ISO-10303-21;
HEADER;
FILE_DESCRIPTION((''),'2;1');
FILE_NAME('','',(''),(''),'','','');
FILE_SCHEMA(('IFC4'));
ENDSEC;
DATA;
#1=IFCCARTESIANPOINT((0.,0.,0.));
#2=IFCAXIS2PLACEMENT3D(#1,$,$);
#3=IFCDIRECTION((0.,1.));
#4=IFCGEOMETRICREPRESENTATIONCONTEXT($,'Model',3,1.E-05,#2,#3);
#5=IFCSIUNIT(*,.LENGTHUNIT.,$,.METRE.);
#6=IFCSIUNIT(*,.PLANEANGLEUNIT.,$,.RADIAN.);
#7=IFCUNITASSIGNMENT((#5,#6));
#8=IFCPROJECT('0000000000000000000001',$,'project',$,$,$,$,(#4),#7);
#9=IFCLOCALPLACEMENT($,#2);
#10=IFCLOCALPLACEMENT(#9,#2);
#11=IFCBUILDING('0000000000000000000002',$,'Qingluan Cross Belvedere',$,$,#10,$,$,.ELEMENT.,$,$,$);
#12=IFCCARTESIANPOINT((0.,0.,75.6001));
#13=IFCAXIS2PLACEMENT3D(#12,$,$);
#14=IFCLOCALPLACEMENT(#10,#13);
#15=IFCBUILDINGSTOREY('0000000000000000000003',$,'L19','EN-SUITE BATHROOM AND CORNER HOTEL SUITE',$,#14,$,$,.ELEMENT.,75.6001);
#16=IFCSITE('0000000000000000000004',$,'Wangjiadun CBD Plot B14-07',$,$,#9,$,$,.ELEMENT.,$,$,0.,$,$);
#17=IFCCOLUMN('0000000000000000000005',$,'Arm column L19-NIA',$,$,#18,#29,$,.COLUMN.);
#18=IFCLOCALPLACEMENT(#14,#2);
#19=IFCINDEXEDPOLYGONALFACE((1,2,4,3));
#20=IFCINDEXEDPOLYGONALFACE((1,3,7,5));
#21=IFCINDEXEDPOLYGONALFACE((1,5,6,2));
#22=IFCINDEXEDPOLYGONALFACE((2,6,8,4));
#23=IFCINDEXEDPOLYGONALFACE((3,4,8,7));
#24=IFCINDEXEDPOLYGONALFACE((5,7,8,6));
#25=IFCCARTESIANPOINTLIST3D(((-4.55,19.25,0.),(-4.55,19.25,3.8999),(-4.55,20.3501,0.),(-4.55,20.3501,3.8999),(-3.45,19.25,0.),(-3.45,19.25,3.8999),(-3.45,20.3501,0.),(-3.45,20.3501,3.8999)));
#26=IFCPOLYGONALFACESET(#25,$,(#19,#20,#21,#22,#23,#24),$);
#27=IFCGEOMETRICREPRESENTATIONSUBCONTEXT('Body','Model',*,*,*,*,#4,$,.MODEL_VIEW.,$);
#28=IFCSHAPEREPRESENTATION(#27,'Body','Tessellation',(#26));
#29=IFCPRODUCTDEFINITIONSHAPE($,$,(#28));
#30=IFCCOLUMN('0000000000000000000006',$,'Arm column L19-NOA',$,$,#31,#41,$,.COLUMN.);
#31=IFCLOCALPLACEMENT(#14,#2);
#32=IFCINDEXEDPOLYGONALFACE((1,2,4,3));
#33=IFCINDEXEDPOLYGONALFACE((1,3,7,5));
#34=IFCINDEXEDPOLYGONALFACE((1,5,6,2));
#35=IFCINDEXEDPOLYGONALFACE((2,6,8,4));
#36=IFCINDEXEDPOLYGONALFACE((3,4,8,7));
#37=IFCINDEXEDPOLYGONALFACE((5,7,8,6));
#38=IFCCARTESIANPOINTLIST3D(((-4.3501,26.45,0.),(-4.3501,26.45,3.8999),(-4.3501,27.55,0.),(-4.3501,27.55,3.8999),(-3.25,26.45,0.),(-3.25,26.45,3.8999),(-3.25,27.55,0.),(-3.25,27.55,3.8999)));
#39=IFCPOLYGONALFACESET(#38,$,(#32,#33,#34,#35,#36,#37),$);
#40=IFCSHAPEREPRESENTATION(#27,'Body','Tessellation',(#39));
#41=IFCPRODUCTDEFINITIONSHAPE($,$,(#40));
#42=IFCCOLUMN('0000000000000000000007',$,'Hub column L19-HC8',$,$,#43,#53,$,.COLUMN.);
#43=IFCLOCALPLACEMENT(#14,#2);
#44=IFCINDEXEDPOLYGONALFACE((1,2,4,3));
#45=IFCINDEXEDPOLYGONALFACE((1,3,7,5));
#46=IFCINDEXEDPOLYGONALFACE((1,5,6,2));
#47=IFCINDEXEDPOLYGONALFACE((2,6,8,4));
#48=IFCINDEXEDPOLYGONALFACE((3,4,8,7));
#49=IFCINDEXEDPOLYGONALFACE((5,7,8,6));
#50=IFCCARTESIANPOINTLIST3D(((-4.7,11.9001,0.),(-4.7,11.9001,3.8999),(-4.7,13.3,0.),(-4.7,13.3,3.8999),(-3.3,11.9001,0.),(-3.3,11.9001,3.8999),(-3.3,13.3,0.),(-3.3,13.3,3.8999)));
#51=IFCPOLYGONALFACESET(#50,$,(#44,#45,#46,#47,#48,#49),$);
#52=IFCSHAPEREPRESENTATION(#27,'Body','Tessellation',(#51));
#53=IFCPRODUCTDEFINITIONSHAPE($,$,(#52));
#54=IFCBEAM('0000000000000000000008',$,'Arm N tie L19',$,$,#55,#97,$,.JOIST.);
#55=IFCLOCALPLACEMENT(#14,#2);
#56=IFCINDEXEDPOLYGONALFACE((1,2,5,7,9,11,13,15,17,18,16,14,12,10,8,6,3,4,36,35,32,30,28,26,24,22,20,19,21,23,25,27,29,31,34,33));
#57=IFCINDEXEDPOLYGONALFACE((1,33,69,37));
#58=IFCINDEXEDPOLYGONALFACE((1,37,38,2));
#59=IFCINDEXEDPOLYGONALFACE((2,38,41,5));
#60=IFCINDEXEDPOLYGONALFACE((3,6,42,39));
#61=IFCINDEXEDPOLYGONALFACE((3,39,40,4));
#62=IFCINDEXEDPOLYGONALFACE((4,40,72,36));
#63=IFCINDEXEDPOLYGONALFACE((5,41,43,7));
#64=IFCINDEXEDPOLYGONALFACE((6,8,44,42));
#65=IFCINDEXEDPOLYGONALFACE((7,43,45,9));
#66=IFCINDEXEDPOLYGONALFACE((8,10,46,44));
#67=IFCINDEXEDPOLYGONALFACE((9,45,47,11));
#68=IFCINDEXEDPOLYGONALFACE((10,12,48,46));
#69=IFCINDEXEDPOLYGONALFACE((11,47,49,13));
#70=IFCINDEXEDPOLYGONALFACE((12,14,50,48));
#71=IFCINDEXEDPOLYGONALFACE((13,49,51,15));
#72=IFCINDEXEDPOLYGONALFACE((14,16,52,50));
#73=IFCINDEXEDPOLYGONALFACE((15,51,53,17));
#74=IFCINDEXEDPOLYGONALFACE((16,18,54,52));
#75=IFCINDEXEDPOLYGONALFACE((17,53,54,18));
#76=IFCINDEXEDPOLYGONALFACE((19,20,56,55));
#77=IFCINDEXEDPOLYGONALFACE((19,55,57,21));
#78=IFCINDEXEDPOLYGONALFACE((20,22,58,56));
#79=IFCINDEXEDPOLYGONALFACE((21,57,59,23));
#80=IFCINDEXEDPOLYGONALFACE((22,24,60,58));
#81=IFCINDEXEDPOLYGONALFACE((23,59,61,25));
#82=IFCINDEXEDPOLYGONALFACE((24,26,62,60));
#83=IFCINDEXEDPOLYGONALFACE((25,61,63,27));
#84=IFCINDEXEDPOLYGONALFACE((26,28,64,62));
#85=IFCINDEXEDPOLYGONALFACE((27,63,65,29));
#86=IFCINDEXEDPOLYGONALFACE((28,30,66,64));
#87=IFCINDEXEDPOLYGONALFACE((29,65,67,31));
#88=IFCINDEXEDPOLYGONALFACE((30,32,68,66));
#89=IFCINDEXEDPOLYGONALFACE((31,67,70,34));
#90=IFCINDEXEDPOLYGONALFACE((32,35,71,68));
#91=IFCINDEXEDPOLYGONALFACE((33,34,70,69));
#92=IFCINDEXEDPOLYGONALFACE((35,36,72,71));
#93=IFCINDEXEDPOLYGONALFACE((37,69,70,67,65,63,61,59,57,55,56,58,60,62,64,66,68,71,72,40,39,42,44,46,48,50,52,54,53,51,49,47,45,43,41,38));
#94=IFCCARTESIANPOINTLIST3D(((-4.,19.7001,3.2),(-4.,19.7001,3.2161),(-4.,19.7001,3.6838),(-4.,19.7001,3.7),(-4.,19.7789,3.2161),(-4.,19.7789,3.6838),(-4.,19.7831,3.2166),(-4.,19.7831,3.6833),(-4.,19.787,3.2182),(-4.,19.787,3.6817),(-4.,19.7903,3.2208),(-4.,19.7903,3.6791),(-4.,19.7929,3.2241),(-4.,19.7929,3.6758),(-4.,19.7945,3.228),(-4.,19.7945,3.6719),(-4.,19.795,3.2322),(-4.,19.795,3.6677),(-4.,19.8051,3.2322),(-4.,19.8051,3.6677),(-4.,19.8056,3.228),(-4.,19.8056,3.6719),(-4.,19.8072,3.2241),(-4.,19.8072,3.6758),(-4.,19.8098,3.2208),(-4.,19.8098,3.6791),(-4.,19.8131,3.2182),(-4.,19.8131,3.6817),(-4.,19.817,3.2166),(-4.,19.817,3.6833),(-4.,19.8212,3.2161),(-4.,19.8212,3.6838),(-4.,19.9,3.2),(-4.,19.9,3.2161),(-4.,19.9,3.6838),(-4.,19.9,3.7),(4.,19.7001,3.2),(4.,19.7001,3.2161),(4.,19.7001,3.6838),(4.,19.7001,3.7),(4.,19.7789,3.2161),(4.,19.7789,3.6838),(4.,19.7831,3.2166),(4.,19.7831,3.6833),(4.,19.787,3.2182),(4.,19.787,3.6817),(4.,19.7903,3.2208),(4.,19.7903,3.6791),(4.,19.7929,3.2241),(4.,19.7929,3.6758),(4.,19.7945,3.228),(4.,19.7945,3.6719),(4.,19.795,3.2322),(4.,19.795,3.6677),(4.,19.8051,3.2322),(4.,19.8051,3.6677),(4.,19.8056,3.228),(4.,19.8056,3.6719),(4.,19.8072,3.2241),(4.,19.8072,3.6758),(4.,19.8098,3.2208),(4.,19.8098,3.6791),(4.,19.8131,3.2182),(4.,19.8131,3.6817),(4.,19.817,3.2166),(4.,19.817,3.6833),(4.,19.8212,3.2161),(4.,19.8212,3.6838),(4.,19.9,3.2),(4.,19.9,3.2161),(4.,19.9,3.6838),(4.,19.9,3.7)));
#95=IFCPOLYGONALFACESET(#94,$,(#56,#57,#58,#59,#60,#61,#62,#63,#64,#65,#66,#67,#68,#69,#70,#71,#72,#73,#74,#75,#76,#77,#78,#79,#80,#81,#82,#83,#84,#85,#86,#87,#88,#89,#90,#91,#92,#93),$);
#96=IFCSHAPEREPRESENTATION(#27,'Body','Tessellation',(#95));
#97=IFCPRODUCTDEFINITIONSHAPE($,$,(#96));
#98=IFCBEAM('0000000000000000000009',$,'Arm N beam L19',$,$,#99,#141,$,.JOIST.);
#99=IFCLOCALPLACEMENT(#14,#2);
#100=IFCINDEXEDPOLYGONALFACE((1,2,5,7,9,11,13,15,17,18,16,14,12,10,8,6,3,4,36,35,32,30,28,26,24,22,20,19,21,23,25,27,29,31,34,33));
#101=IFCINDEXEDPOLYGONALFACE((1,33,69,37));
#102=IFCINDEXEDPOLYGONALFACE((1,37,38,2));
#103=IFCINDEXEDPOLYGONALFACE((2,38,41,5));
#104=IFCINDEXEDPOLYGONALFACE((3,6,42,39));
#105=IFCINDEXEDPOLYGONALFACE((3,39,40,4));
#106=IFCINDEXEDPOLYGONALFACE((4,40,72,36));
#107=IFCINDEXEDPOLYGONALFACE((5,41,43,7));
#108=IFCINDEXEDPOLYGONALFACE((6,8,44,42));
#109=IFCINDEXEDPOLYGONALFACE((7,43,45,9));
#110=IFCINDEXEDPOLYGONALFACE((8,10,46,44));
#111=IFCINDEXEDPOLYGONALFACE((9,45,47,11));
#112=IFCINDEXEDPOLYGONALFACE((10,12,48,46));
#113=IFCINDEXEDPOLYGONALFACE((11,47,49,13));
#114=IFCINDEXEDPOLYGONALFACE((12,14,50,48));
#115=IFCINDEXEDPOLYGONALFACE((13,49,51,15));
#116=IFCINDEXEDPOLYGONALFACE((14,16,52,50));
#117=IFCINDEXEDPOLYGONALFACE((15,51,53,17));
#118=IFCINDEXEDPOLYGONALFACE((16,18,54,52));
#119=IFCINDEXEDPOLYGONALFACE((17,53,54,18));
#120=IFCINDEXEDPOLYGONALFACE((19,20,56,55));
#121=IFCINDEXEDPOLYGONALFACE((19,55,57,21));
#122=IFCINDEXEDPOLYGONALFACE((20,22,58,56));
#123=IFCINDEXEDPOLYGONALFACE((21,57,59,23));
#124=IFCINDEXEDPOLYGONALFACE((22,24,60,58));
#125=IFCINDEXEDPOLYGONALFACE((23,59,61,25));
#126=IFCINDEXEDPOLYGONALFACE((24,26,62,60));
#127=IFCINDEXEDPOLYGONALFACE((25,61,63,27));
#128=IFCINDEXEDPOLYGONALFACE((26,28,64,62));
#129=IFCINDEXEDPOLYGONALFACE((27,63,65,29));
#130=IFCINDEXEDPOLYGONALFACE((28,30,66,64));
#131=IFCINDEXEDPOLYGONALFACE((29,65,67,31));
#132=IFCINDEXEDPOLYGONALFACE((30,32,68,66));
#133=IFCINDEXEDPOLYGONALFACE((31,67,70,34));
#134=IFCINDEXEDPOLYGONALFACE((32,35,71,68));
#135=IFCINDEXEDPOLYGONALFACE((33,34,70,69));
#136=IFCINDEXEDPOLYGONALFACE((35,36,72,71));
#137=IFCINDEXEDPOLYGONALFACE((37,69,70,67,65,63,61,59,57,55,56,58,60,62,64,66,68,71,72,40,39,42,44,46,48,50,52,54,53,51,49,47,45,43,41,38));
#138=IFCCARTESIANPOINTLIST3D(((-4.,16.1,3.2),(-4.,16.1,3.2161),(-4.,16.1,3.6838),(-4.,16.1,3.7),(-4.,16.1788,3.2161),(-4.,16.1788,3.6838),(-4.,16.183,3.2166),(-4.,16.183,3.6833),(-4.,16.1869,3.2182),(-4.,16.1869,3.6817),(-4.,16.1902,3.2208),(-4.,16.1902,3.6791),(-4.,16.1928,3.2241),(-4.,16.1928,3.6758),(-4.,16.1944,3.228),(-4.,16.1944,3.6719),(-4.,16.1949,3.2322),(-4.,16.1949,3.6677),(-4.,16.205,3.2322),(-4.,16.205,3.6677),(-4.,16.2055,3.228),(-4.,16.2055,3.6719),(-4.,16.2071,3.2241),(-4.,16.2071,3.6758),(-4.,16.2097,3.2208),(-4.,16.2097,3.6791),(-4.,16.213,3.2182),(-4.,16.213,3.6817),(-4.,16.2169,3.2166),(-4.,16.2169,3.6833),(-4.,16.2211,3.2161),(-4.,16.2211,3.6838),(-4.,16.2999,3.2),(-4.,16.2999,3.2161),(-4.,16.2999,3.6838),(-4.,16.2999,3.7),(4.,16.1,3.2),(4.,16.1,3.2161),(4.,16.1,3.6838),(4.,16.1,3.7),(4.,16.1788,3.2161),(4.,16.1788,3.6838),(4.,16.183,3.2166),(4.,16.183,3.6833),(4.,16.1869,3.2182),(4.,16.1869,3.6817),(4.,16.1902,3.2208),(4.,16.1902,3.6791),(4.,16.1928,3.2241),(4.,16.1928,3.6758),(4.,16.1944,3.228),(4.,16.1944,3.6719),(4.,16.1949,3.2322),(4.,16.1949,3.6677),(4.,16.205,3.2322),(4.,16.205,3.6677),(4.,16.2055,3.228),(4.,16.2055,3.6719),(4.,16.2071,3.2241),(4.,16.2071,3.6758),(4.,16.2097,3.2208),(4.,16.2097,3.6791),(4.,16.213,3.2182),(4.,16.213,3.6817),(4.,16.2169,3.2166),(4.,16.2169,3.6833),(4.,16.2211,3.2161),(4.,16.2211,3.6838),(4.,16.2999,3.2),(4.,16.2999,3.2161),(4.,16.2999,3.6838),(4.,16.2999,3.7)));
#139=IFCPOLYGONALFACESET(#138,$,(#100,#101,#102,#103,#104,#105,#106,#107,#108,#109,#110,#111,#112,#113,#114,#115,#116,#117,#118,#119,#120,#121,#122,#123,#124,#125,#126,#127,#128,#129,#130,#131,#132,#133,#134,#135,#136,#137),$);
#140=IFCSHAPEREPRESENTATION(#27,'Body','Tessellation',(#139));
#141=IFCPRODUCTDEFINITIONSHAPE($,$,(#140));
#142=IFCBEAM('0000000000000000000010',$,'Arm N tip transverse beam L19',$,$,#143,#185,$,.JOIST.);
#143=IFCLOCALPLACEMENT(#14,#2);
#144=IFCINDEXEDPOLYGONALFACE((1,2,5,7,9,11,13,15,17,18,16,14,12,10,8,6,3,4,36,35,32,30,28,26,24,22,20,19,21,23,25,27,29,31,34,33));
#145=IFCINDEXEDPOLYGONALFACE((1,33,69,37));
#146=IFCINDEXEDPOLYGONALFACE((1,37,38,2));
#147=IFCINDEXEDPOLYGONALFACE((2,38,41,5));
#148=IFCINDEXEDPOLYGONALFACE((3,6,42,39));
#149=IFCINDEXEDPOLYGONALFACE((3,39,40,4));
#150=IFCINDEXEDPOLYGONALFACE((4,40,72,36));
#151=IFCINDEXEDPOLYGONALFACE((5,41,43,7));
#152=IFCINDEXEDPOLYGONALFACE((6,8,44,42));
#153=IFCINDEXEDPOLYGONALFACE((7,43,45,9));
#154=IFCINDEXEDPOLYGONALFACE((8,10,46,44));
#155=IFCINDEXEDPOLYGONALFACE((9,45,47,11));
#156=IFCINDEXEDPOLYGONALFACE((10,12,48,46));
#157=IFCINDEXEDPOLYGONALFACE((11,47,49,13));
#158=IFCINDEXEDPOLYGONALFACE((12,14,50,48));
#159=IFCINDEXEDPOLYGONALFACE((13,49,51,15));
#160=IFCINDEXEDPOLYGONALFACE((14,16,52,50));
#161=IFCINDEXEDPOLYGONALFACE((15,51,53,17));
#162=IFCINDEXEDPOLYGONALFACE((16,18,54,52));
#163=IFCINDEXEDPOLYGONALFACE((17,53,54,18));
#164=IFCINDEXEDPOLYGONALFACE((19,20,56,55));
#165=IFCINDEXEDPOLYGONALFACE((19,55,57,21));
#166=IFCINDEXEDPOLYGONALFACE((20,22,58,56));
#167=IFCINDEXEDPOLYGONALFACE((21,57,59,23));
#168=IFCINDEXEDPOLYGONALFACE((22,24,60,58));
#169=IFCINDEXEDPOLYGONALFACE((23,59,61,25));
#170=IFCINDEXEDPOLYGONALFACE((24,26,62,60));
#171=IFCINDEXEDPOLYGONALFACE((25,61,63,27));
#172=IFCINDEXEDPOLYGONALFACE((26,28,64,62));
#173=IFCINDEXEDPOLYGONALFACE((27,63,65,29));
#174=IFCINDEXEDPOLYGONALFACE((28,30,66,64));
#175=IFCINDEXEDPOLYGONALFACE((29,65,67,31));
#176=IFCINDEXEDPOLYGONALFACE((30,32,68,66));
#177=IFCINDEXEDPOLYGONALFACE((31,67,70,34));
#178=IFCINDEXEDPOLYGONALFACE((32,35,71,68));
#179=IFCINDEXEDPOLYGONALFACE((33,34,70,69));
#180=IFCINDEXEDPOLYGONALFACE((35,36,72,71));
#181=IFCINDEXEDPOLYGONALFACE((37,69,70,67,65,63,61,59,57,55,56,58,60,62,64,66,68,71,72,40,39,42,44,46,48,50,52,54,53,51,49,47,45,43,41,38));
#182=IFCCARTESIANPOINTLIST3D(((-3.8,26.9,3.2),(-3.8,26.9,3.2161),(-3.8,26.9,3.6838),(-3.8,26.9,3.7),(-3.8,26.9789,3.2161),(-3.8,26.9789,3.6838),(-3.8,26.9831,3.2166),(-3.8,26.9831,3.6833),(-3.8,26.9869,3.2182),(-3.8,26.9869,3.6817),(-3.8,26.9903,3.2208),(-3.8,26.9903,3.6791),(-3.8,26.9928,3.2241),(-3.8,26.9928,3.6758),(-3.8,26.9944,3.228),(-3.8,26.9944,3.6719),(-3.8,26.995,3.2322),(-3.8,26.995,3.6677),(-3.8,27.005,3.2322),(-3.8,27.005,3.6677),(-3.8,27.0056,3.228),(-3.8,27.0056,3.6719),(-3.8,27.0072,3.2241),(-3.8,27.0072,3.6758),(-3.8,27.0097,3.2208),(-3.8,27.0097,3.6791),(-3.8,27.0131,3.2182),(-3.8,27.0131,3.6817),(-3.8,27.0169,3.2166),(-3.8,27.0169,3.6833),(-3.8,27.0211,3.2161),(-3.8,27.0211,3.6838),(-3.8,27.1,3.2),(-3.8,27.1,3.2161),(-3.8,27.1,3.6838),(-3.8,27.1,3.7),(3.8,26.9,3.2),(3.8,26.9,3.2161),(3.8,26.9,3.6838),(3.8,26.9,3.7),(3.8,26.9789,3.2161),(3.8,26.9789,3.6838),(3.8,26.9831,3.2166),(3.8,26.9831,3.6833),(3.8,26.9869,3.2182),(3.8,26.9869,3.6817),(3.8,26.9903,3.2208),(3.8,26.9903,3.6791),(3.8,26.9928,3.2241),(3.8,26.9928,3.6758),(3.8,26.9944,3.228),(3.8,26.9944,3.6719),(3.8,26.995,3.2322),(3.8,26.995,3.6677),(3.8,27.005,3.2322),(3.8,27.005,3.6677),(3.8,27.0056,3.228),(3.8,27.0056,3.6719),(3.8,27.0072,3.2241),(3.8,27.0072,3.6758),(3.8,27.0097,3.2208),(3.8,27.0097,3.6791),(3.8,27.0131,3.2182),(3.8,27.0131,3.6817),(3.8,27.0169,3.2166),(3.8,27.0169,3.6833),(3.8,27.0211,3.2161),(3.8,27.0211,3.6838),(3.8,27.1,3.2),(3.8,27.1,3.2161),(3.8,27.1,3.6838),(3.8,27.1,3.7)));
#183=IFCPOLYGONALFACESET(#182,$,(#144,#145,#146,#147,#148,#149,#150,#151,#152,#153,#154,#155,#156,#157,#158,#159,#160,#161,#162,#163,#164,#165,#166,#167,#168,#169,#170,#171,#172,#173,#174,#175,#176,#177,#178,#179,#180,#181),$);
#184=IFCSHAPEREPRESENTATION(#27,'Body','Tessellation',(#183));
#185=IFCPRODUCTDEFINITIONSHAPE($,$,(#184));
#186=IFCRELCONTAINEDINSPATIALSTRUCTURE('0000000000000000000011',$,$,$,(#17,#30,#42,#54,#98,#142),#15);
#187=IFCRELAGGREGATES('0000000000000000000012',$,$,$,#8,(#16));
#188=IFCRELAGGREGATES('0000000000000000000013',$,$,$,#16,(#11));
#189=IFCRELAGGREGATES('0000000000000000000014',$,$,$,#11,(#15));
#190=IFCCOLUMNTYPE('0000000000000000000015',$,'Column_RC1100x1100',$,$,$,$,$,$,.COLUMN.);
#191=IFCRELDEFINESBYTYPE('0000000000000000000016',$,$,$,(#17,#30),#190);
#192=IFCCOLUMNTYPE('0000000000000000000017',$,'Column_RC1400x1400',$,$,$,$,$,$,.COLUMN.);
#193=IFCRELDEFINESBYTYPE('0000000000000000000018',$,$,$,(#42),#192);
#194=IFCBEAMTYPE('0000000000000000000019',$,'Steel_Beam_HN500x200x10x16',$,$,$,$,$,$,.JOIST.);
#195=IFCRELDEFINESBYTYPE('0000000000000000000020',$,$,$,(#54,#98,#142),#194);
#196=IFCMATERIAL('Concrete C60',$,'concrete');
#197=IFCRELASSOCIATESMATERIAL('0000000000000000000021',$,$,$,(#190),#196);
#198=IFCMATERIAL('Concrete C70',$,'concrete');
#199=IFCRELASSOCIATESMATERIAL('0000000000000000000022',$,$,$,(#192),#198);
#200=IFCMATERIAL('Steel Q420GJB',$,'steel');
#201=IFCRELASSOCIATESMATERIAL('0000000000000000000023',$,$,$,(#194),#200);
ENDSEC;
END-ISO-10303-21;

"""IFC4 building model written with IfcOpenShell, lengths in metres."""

from ifc_helpers import new_model, si_unit, direction, frame, origin, origin_2d, place, context, subcontext, project, spatial, rectangle, i_section, extrude, material, material_profile, profile_set, type_object, element, save


model = new_model("IFC4")

# Units and contexts
model_context = context("Model", 3, precision=1e-05, world=origin(), true_north=direction((0.0, 1.0)))
body_context = subcontext(model_context, "Body", "Model", "MODEL_VIEW")
ifc_project = project(units=[si_unit("LENGTHUNIT", "METRE"), si_unit("PLANEANGLEUNIT", "RADIAN")], contexts=[model_context])

# Site, building, storey
site_placement = place(None, origin())
site = spatial("IfcSite", under=ifc_project, at=site_placement, Name="Wangjiadun CBD Plot B14-07", CompositionType="ELEMENT", RefElevation=0.0)
building_placement = place(site_placement, origin())
building = spatial("IfcBuilding", under=site, at=building_placement, Name="Qingluan Cross Belvedere", CompositionType="ELEMENT")
storey_placement = place(building_placement, frame((0.0, 0.0, 75.6001)))
storey = spatial("IfcBuildingStorey", under=building, at=storey_placement, Name="L19", Description="EN-SUITE BATHROOM AND CORNER HOTEL SUITE", CompositionType="ELEMENT", Elevation=75.6001)

# Columns
ifc_material_1 = material(Name="Concrete C60", Category="concrete")
ifc_material_profile_1 = material_profile(ifc_material_1, rectangle(XDim=1.1001, YDim=1.1001, at=origin_2d()), Name="RC1100x1100")
ifc_profile_set_1 = profile_set([ifc_material_profile_1], Name="Concrete C60")
column_type_1 = type_object("IfcColumnType", Name="Column_RC1100x1100", PredefinedType="COLUMN", material=ifc_profile_set_1)
for number, where, z_axis, x_axis, name in (
    (1, (-4.0, 19.8, 0.0), (0.0, 0.0, 1.0), (1.0, 0.0, 0.0), "Arm column L19-NIA"),
    (2, (-3.8, 27.0, 0.0), (0.0, 0.0, 1.0), (1.0, 0.0, 0.0), "Arm column L19-NOA"),
):
    element("IfcColumn", number, at=place(storey_placement, frame(where, z_axis=z_axis, x_axis=x_axis)), inside=storey, type_object=column_type_1, Name=name, PredefinedType="COLUMN", context=body_context, shape_type="SweptSolid", body=[
        extrude(rectangle(XDim=1.1001, YDim=1.1001, at=origin_2d()), origin(), (0.0, 0.0, 1.0), 3.8999),
    ])
ifc_material_2 = material(Name="Concrete C70", Category="concrete")
ifc_material_profile_2 = material_profile(ifc_material_2, rectangle(XDim=1.3999, YDim=1.3999, at=origin_2d()), Name="RC1400x1400")
ifc_profile_set_2 = profile_set([ifc_material_profile_2], Name="Concrete C70")
column_type_2 = type_object("IfcColumnType", Name="Column_RC1400x1400", PredefinedType="COLUMN", material=ifc_profile_set_2)
column_placement = place(storey_placement, frame((-4.0, 12.6001, 0.0), z_axis=(0.0, 0.0, 1.0), x_axis=(1.0, 0.0, 0.0)))
element("IfcColumn", 3, at=column_placement, inside=storey, type_object=column_type_2, Name="Hub column L19-HC8", PredefinedType="COLUMN", context=body_context, shape_type="SweptSolid", body=[
    extrude(rectangle(XDim=1.3999, YDim=1.3999, at=origin_2d()), origin(), (0.0, 0.0, 1.0), 3.8999),
])

# Beams
ifc_material_3 = material(Name="Steel Q420GJB", Category="steel")
ifc_material_profile_3 = material_profile(ifc_material_3, i_section(OverallWidth=0.2, OverallDepth=0.5, WebThickness=0.01, FlangeThickness=0.0161, FilletRadius=0.0161, at=origin_2d()), Name="HN500x200x10x16")
ifc_profile_set_3 = profile_set([ifc_material_profile_3], Name="Steel Q420GJB")
beam_type_1 = type_object("IfcBeamType", Name="Steel_Beam_HN500x200x10x16", PredefinedType="JOIST", material=ifc_profile_set_3)
for number, where, z_axis, x_axis, name in (
    (4, (-4.0, 19.8, 3.45), (1.0, 0.0, 0.0), (0.0, 1.0, 0.0), "Arm N tie L19"),
    (5, (-4.0, 16.2, 3.45), (1.0, 0.0, 0.0), (0.0, 1.0, 0.0), "Arm N beam L19"),
):
    element("IfcBeam", number, at=place(storey_placement, frame(where, z_axis=z_axis, x_axis=x_axis)), inside=storey, type_object=beam_type_1, Name=name, PredefinedType="JOIST", context=body_context, shape_type="SweptSolid", body=[
        extrude(i_section(OverallWidth=0.2, OverallDepth=0.5, WebThickness=0.01, FlangeThickness=0.0161, FilletRadius=0.0161, at=origin_2d()), origin(), (0.0, 0.0, 1.0), 8.0),
    ])
beam_1_placement = place(storey_placement, frame((-3.8, 27.0, 3.45), z_axis=(1.0, 0.0, 0.0), x_axis=(0.0, 1.0, 0.0)))
element("IfcBeam", 6, at=beam_1_placement, inside=storey, type_object=beam_type_1, Name="Arm N tip transverse beam L19", PredefinedType="JOIST", context=body_context, shape_type="SweptSolid", body=[
    extrude(i_section(OverallWidth=0.2, OverallDepth=0.5, WebThickness=0.01, FlangeThickness=0.0161, FilletRadius=0.0161, at=origin_2d()), origin(), (0.0, 0.0, 1.0), 7.6001),
])

save(model, "model.ifc")
